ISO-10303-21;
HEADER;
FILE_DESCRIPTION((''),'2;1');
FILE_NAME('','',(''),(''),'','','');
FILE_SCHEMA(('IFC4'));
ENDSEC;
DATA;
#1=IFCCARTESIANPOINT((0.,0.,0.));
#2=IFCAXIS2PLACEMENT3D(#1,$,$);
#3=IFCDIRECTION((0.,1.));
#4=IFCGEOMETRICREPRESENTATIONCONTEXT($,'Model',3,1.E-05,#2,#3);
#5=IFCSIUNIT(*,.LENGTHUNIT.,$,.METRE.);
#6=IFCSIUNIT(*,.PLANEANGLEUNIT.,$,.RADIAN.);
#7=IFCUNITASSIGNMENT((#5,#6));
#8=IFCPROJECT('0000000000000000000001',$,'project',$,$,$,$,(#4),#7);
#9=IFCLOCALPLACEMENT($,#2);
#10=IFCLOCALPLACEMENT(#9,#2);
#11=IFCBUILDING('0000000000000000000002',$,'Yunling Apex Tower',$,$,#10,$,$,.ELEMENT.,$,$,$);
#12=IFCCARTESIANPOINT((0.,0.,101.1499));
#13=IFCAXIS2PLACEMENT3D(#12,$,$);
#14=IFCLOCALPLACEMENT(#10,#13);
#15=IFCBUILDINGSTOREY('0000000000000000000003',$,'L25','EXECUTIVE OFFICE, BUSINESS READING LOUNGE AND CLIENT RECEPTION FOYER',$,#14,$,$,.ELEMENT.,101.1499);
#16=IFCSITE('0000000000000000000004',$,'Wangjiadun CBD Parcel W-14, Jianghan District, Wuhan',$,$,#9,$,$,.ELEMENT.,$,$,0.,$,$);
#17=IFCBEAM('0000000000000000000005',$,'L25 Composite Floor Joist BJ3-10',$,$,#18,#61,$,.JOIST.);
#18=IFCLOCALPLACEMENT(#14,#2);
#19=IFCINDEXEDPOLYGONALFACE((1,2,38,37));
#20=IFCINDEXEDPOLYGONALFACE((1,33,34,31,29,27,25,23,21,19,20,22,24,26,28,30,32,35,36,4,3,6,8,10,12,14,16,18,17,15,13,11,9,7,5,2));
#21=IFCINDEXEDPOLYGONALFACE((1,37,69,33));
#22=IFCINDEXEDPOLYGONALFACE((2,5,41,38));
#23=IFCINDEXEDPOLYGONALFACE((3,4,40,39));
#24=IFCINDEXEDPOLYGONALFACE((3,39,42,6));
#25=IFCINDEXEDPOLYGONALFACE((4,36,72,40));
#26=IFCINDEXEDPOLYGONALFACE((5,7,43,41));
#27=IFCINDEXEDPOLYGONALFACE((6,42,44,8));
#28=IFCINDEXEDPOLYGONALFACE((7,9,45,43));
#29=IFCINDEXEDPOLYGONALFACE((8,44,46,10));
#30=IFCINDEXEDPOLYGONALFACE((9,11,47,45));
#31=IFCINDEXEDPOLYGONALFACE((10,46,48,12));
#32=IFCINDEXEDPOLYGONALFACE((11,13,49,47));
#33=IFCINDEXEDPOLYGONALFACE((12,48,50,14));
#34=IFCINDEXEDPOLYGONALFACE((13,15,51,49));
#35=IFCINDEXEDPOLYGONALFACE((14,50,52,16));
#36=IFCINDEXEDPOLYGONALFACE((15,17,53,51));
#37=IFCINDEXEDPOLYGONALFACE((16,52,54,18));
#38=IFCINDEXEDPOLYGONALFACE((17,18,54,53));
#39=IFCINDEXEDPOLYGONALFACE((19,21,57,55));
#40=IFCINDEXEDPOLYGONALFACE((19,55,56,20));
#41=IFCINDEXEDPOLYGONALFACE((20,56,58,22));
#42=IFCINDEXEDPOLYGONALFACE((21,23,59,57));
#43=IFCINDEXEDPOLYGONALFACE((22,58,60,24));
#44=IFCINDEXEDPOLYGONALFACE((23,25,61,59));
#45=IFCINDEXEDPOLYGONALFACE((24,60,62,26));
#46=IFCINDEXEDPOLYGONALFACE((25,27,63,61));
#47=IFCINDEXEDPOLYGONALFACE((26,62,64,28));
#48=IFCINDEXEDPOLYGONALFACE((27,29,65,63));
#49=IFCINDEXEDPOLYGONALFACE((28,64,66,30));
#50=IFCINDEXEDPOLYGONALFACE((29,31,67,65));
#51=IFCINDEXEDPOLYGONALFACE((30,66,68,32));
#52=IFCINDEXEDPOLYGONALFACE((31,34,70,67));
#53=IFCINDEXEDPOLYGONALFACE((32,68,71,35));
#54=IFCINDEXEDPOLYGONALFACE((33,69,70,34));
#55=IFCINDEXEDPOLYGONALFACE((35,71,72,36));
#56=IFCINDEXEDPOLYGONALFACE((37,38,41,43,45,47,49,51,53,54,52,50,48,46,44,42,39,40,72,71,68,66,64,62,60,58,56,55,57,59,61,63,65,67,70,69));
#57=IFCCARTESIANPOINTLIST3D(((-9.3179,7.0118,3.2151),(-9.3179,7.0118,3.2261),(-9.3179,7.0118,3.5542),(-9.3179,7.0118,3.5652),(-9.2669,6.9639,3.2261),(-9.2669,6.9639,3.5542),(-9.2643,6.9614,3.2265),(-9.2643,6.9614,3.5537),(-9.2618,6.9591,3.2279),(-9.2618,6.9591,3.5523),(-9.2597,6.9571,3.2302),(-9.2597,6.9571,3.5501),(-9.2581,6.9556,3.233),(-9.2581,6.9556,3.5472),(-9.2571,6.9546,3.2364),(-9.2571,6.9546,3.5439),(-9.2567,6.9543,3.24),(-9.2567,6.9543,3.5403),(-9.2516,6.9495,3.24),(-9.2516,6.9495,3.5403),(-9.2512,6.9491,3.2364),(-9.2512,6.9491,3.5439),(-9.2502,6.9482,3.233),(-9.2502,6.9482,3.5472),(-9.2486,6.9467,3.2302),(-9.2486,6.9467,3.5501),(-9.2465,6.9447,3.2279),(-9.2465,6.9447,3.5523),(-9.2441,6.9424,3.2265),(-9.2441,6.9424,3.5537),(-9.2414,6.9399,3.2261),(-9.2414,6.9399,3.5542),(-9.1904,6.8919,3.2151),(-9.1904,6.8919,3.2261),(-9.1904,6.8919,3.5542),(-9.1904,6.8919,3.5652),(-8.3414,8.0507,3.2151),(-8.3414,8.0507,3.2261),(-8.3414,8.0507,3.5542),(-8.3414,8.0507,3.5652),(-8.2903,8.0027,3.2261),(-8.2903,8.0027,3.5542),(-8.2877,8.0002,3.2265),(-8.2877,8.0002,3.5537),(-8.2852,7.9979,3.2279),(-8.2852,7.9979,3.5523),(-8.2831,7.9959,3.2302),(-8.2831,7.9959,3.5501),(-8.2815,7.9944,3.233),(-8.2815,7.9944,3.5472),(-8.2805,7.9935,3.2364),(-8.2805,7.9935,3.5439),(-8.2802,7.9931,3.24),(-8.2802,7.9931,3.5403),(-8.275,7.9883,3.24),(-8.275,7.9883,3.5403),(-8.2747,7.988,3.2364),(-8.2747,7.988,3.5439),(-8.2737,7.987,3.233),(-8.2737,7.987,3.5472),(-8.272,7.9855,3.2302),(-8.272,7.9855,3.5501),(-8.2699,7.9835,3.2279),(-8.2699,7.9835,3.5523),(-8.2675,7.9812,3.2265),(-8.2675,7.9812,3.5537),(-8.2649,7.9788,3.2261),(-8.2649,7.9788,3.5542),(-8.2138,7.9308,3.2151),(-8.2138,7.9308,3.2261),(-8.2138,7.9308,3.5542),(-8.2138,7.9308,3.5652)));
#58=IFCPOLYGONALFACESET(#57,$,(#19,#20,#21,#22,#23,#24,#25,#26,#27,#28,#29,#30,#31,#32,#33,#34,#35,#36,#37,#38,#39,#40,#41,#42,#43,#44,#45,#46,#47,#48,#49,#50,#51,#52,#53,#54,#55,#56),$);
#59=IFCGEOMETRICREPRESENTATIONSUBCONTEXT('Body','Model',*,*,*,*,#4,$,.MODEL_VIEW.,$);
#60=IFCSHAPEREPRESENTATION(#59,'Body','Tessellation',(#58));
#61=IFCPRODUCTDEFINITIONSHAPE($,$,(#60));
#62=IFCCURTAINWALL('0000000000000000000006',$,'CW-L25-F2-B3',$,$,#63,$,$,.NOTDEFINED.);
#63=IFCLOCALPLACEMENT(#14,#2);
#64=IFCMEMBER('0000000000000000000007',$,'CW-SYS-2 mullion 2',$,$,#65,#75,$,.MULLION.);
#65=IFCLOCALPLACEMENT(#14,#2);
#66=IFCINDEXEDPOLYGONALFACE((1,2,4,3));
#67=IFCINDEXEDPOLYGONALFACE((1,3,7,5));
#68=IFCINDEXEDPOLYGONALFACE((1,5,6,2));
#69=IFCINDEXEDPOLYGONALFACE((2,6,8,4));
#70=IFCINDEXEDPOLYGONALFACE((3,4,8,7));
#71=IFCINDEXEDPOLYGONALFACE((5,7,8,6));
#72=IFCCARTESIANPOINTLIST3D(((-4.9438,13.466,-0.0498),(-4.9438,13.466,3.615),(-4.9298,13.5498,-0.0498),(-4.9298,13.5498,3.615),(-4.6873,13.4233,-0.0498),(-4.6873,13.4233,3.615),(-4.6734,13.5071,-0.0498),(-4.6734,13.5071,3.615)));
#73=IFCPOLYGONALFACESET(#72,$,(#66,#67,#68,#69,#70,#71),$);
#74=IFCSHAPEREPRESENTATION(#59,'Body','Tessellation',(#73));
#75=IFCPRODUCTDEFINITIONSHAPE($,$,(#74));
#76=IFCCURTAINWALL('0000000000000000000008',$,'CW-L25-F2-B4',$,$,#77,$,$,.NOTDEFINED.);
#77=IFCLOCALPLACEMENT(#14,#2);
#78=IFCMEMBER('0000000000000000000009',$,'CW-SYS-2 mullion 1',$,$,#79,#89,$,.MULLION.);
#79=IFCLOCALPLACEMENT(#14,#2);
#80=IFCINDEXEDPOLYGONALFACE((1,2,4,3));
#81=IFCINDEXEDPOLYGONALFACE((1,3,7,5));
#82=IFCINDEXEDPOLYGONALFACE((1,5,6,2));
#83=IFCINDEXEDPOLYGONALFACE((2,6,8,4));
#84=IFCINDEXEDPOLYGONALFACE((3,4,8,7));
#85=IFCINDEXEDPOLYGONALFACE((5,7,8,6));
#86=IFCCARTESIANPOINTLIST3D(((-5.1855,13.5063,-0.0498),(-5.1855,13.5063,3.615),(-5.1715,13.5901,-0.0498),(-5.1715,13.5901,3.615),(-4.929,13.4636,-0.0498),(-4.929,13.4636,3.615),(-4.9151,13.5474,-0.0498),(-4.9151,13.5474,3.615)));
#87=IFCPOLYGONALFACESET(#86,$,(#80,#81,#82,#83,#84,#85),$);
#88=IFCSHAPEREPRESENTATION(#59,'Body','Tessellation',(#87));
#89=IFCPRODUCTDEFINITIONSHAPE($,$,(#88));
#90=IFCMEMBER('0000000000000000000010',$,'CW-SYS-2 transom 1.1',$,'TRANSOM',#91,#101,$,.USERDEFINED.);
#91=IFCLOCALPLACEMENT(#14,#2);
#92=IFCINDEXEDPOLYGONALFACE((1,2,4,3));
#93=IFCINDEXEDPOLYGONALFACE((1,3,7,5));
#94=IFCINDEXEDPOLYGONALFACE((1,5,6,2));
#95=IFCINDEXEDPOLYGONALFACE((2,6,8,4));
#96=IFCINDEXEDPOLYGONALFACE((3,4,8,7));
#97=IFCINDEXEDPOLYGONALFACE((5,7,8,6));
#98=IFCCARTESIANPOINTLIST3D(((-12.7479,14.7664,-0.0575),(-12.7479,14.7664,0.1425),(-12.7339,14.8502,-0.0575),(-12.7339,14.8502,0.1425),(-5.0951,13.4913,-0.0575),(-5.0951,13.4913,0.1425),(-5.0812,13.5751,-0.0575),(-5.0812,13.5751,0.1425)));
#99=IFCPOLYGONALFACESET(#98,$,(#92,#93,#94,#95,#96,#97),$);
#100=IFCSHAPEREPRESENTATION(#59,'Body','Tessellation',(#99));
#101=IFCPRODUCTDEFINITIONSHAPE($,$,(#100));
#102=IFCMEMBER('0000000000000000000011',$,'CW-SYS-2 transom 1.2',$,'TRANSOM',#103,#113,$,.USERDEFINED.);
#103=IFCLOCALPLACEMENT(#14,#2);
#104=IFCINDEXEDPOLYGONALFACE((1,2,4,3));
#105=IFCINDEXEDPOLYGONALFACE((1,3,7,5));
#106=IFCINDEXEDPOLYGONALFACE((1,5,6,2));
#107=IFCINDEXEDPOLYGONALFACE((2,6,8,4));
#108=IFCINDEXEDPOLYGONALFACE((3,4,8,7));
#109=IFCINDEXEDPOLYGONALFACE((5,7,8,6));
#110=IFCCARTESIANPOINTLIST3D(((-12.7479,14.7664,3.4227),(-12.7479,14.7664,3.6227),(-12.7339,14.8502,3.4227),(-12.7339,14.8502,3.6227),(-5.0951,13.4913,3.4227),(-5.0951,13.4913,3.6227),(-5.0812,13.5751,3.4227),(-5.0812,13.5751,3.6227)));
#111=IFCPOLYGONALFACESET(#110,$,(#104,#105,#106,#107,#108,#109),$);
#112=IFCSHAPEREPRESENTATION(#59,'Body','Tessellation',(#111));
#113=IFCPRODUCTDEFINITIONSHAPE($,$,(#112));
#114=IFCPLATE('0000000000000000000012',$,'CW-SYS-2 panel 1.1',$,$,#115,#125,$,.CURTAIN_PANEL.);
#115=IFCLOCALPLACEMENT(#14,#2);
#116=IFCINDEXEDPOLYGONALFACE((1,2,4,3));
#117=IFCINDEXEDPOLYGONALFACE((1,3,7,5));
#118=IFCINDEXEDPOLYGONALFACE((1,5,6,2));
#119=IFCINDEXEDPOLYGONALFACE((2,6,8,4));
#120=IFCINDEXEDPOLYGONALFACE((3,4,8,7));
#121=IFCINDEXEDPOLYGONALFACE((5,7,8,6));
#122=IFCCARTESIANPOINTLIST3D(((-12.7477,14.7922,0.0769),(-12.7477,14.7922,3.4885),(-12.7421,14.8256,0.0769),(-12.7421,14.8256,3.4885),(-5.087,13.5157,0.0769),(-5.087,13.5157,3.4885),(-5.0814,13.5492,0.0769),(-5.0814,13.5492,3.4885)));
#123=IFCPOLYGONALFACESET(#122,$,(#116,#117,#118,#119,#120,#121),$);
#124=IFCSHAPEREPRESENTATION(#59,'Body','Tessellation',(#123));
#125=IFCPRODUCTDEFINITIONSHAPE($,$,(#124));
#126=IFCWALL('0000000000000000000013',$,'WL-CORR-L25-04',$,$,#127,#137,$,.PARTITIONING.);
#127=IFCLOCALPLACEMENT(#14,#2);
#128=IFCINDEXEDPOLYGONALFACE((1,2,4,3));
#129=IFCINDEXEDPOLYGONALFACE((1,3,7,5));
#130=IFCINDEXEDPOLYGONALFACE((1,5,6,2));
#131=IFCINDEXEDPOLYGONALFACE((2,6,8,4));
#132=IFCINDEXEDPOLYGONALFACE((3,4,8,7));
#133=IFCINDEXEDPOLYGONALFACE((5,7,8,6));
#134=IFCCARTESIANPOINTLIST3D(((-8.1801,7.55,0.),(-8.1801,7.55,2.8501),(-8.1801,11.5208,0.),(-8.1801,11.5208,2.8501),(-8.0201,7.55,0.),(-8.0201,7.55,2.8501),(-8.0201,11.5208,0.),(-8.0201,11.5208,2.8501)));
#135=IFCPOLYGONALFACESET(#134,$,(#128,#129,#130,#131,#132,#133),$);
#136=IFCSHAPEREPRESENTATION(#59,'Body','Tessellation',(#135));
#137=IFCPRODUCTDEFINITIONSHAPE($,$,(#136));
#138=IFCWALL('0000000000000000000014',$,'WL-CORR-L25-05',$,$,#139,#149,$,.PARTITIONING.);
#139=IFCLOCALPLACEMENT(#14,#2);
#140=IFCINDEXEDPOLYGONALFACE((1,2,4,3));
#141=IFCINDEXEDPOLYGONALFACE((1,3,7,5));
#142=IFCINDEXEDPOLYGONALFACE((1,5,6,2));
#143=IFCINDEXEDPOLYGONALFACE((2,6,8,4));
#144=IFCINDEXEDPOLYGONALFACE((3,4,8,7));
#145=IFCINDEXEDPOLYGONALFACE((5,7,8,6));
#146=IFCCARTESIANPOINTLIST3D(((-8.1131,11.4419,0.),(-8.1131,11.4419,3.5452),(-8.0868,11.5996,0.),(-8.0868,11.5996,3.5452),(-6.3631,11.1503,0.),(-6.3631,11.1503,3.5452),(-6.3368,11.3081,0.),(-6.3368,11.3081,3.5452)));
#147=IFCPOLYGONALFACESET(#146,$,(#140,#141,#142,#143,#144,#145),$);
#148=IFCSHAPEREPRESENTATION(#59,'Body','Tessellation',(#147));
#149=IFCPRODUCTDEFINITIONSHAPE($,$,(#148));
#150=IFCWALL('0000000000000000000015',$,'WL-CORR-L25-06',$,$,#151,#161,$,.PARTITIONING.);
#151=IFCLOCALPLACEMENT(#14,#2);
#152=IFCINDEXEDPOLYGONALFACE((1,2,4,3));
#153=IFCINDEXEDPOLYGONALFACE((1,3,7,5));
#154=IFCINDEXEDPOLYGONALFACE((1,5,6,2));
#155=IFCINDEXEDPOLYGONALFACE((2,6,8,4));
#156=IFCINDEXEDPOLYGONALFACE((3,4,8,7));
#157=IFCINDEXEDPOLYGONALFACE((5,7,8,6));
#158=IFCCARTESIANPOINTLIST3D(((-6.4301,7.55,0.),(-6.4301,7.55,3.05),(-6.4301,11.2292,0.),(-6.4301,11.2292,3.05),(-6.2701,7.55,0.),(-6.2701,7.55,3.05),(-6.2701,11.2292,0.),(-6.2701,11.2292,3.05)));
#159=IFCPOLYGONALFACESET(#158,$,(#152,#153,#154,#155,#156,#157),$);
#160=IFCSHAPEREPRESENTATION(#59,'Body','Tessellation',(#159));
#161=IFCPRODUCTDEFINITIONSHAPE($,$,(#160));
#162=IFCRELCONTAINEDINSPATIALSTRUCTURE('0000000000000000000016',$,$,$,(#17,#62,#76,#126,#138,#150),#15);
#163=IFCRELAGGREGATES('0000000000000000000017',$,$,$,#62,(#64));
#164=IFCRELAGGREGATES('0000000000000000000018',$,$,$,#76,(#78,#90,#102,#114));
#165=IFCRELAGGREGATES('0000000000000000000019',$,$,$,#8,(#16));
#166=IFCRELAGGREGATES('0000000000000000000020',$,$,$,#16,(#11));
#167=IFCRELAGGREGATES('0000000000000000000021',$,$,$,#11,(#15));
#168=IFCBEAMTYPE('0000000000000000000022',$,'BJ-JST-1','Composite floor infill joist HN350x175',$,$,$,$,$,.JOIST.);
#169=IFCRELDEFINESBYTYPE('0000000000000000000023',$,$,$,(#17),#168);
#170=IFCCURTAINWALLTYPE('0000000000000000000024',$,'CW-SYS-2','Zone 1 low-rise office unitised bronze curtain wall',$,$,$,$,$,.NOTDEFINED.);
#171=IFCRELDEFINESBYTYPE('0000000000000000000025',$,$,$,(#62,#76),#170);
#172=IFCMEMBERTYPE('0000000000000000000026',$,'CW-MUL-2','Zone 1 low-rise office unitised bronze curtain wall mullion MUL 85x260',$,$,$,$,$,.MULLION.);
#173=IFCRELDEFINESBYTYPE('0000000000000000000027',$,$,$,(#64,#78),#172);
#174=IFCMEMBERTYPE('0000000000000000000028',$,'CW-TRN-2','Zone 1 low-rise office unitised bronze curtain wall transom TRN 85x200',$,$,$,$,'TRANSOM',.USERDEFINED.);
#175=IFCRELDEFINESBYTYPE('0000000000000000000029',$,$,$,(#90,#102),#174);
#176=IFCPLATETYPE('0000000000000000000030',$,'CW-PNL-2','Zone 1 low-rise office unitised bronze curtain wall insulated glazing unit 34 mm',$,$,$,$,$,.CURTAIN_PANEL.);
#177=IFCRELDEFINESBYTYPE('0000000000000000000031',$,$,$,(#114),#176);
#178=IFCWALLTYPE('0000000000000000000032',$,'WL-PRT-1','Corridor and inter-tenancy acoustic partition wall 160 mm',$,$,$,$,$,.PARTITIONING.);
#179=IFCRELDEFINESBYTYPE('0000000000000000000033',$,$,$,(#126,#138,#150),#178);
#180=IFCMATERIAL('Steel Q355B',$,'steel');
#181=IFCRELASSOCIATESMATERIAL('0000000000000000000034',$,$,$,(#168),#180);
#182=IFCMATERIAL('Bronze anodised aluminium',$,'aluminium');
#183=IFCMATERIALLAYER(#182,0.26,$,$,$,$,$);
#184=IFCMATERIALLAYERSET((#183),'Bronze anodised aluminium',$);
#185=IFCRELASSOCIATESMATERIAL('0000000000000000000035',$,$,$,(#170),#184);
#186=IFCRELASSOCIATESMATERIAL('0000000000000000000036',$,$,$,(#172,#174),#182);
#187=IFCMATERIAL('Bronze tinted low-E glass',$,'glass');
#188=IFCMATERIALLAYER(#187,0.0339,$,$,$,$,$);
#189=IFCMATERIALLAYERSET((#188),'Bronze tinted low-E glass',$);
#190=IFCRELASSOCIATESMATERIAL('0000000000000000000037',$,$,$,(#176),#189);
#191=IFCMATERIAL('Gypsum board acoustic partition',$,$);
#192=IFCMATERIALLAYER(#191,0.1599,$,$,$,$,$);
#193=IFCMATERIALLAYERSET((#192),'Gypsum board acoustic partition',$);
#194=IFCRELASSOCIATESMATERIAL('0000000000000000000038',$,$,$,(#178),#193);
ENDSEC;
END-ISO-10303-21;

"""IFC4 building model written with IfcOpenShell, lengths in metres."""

from ifc_helpers import new_model, si_unit, direction, frame, frame_2d, origin, origin_2d, place, context, subcontext, project, spatial, rectangle, i_section, extrude, source, transform, mapped, material, layer, layer_set, material_profile, profile_set, type_object, element, aggregate, save


model = new_model("IFC4")

# Units and contexts
model_context = context("Model", 3, precision=1e-05, world=origin(), true_north=direction((0.0, 1.0)))
body_context = subcontext(model_context, "Body", "Model", "MODEL_VIEW")
ifc_project = project(units=[si_unit("LENGTHUNIT", "METRE"), si_unit("PLANEANGLEUNIT", "RADIAN")], contexts=[model_context])

# Site, building, storey
site_placement = place(None, origin())
site = spatial("IfcSite", under=ifc_project, at=site_placement, Name="Wangjiadun CBD Parcel W-14, Jianghan District, Wuhan", CompositionType="ELEMENT", RefElevation=0.0)
building_placement = place(site_placement, origin())
building = spatial("IfcBuilding", under=site, at=building_placement, Name="Yunling Apex Tower", CompositionType="ELEMENT")
storey_placement = place(building_placement, frame((0.0, 0.0, 101.1499)))
storey = spatial("IfcBuildingStorey", under=building, at=storey_placement, Name="L25", Description="EXECUTIVE OFFICE, BUSINESS READING LOUNGE AND CLIENT RECEPTION FOYER", CompositionType="ELEMENT", Elevation=101.1499)

# Beam
ifc_material_1 = material(Name="Steel Q355B", Category="steel")
ifc_material_profile_1 = material_profile(ifc_material_1, i_section(OverallWidth=0.175, OverallDepth=0.3501, WebThickness=0.0071, FlangeThickness=0.011, FilletRadius=0.0139, at=origin_2d()))
ifc_profile_set_1 = profile_set([ifc_material_profile_1], Name="Steel Q355B")
beam_type_1 = type_object("IfcBeamType", Name="BJ-JST-1", Description="Composite floor infill joist HN350x175", PredefinedType="JOIST", material=ifc_profile_set_1)
shared_shape_1 = source(origin(), body_context, "Body", "SweptSolid", [
    extrude(i_section(OverallWidth=0.175, OverallDepth=0.3501, WebThickness=0.0071, FlangeThickness=0.011, FilletRadius=0.0139, at=origin_2d()), origin(), (0.0, 0.0, 1.0), 1.4258),
])
beam_1_placement = place(storey_placement, frame((-8.2776, 7.9907, 3.3901), z_axis=(-0.684937, -0.728602, 0.0), x_axis=(0.728602, -0.684937, 0.0)))
element("IfcBeam", 1, at=beam_1_placement, inside=storey, type_object=beam_type_1, Name="L25 Composite Floor Joist BJ3-10", PredefinedType="JOIST", context=body_context, shape_type="MappedRepresentation", body=[
    mapped(shared_shape_1, transform((0.0, 0.0, 0.0), scale=1.0)),
])

# Curtain wall, member
ifc_material_2 = material(Name="Bronze anodised aluminium", Category="aluminium")
ifc_layer_1 = layer(ifc_material_2, 0.26)
ifc_layer_set_1 = layer_set([ifc_layer_1], Name="Bronze anodised aluminium")
curtain_wall_type = type_object("IfcCurtainWallType", Name="CW-SYS-2", Description="Zone 1 low-rise office unitised bronze curtain wall", PredefinedType="NOTDEFINED", material=ifc_layer_set_1)
curtain_wall_1_placement = place(storey_placement, origin())
curtain_wall_1 = element("IfcCurtainWall", 2, at=curtain_wall_1_placement, inside=storey, type_object=curtain_wall_type, Name="CW-L25-F2-B3", PredefinedType="NOTDEFINED")
ifc_material_profile_2 = material_profile(ifc_material_2, rectangle(XDim=0.085, YDim=0.26, at=origin_2d()))
ifc_profile_set_2 = profile_set([ifc_material_profile_2], Name="Bronze anodised aluminium")
member_type_1 = type_object("IfcMemberType", Name="CW-MUL-2", Description="Zone 1 low-rise office unitised bronze curtain wall mullion MUL 85x260", PredefinedType="MULLION", material=ifc_profile_set_2)
shared_shape_2 = source(origin(), body_context, "Body", "SweptSolid", [
    extrude(rectangle(XDim=0.085, YDim=0.26, at=origin_2d()), origin(), (0.0, 0.0, 1.0), 3.6648),
])
member_1_placement = place(storey_placement, frame((-4.8086, 13.4866, -0.0498), z_axis=(0.0, 0.0, 1.0), x_axis=(-0.164362, -0.9864, 0.0)))
member_1 = element("IfcMember", 3, at=member_1_placement, type_object=member_type_1, Name="CW-SYS-2 mullion 2", PredefinedType="MULLION", context=body_context, shape_type="MappedRepresentation", body=[
    mapped(shared_shape_2, transform((0.0, 0.0, 0.0), scale=1.0)),
])
aggregate(curtain_wall_1, [member_1])

# Curtain wall, members, plate
curtain_wall_2_placement = place(storey_placement, origin())
curtain_wall_2 = element("IfcCurtainWall", 4, at=curtain_wall_2_placement, inside=storey, type_object=curtain_wall_type, Name="CW-L25-F2-B4", PredefinedType="NOTDEFINED")
member_2_placement = place(storey_placement, frame((-5.0503, 13.5269, -0.0498), z_axis=(0.0, 0.0, 1.0), x_axis=(-0.16436, -0.9864, 0.0)))
member_2 = element("IfcMember", 5, at=member_2_placement, type_object=member_type_1, Name="CW-SYS-2 mullion 1", PredefinedType="MULLION", context=body_context, shape_type="MappedRepresentation", body=[
    mapped(shared_shape_2, transform((0.0, 0.0, 0.0), scale=1.0)),
])
ifc_material_profile_3 = material_profile(ifc_material_2, rectangle(XDim=0.085, YDim=0.2, at=origin_2d()))
ifc_profile_set_3 = profile_set([ifc_material_profile_3], Name="Bronze anodised aluminium")
member_type_2 = type_object("IfcMemberType", Name="CW-TRN-2", Description="Zone 1 low-rise office unitised bronze curtain wall transom TRN 85x200", ElementType="TRANSOM", PredefinedType="USERDEFINED", material=ifc_profile_set_3)
shared_shape_3 = source(origin(), body_context, "Body", "SweptSolid", [
    extrude(rectangle(XDim=0.085, YDim=0.2, at=origin_2d()), origin(), (0.0, 0.0, 1.0), 7.7583),
])
member_3_placement = place(storey_placement, frame((-5.0881, 13.5332, 0.0425), z_axis=(-0.986401, 0.164358, 0.0), x_axis=(-0.164358, -0.986401, 0.0)))
member_3 = element("IfcMember", 6, at=member_3_placement, type_object=member_type_2, Name="CW-SYS-2 transom 1.1", ObjectType="TRANSOM", PredefinedType="USERDEFINED", context=body_context, shape_type="MappedRepresentation", body=[
    mapped(shared_shape_3, transform((0.0, 0.0, 0.0), scale=1.0)),
])
member_4_placement = place(storey_placement, frame((-5.0881, 13.5332, 3.5227), z_axis=(-0.986401, 0.164358, 0.0), x_axis=(-0.164358, -0.986401, 0.0)))
member_4 = element("IfcMember", 7, at=member_4_placement, type_object=member_type_2, Name="CW-SYS-2 transom 1.2", ObjectType="TRANSOM", PredefinedType="USERDEFINED", context=body_context, shape_type="MappedRepresentation", body=[
    mapped(shared_shape_3, transform((0.0, 0.0, 0.0), scale=1.0)),
])
ifc_material_3 = material(Name="Bronze tinted low-E glass", Category="glass")
ifc_layer_2 = layer(ifc_material_3, 0.0339)
ifc_layer_set_2 = layer_set([ifc_layer_2], Name="Bronze tinted low-E glass")
plate_type = type_object("IfcPlateType", Name="CW-PNL-2", Description="Zone 1 low-rise office unitised bronze curtain wall insulated glazing unit 34 mm", PredefinedType="CURTAIN_PANEL", material=ifc_layer_set_2)
shared_shape_4 = source(origin(), body_context, "Body", "SweptSolid", [
    extrude(rectangle(XDim=7.7664, YDim=0.0339, at=origin_2d()), origin(), (0.0, 0.0, 1.0), 3.4116),
])
plate_placement = place(storey_placement, frame((-8.9146, 14.1707, 0.0769), z_axis=(0.0, 0.0, 1.0), x_axis=(-0.9864, 0.16436, 0.0)))
plate = element("IfcPlate", 8, at=plate_placement, type_object=plate_type, Name="CW-SYS-2 panel 1.1", PredefinedType="CURTAIN_PANEL", context=body_context, shape_type="MappedRepresentation", body=[
    mapped(shared_shape_4, transform((0.0, 0.0, 0.0), scale=1.0)),
])
aggregate(curtain_wall_2, [member_2, member_3, member_4, plate])

# Walls
ifc_material_4 = material(Name="Gypsum board acoustic partition")
ifc_layer_3 = layer(ifc_material_4, 0.1599)
ifc_layer_set_3 = layer_set([ifc_layer_3], Name="Gypsum board acoustic partition")
wall_type_1 = type_object("IfcWallType", Name="WL-PRT-1", Description="Corridor and inter-tenancy acoustic partition wall 160 mm", PredefinedType="PARTITIONING", material=ifc_layer_set_3)
wall_1_placement = place(storey_placement, frame((-8.1001, 7.55, 0.0), z_axis=(0.0, 0.0, 1.0), x_axis=(0.0, 1.0, 0.0)))
element("IfcWall", 9, at=wall_1_placement, inside=storey, type_object=wall_type_1, Name="WL-CORR-L25-04", PredefinedType="PARTITIONING", context=body_context, shape_type="SweptSolid", body=[
    extrude(rectangle(XDim=3.9707, YDim=0.1599, at=frame_2d((1.9854, 0.0))), origin(), (0.0, 0.0, 1.0), 2.8501),
])
wall_2_placement = place(storey_placement, frame((-8.1001, 11.5208, 0.0), z_axis=(0.0, 0.0, 1.0), x_axis=(0.986409, -0.16431, 0.0)))
element("IfcWall", 10, at=wall_2_placement, inside=storey, type_object=wall_type_1, Name="WL-CORR-L25-05", PredefinedType="PARTITIONING", context=body_context, shape_type="SweptSolid", body=[
    extrude(rectangle(XDim=1.7742, YDim=0.1599, at=frame_2d((0.8872, 0.0))), origin(), (0.0, 0.0, 1.0), 3.5452),
])
wall_3_placement = place(storey_placement, frame((-6.3501, 11.2292, 0.0), z_axis=(0.0, 0.0, 1.0), x_axis=(0.0, -1.0, 0.0)))
element("IfcWall", 11, at=wall_3_placement, inside=storey, type_object=wall_type_1, Name="WL-CORR-L25-06", PredefinedType="PARTITIONING", context=body_context, shape_type="SweptSolid", body=[
    extrude(rectangle(XDim=3.6792, YDim=0.1599, at=frame_2d((1.8396, 0.0))), origin(), (0.0, 0.0, 1.0), 3.05),
])

save(model, "model.ifc")
